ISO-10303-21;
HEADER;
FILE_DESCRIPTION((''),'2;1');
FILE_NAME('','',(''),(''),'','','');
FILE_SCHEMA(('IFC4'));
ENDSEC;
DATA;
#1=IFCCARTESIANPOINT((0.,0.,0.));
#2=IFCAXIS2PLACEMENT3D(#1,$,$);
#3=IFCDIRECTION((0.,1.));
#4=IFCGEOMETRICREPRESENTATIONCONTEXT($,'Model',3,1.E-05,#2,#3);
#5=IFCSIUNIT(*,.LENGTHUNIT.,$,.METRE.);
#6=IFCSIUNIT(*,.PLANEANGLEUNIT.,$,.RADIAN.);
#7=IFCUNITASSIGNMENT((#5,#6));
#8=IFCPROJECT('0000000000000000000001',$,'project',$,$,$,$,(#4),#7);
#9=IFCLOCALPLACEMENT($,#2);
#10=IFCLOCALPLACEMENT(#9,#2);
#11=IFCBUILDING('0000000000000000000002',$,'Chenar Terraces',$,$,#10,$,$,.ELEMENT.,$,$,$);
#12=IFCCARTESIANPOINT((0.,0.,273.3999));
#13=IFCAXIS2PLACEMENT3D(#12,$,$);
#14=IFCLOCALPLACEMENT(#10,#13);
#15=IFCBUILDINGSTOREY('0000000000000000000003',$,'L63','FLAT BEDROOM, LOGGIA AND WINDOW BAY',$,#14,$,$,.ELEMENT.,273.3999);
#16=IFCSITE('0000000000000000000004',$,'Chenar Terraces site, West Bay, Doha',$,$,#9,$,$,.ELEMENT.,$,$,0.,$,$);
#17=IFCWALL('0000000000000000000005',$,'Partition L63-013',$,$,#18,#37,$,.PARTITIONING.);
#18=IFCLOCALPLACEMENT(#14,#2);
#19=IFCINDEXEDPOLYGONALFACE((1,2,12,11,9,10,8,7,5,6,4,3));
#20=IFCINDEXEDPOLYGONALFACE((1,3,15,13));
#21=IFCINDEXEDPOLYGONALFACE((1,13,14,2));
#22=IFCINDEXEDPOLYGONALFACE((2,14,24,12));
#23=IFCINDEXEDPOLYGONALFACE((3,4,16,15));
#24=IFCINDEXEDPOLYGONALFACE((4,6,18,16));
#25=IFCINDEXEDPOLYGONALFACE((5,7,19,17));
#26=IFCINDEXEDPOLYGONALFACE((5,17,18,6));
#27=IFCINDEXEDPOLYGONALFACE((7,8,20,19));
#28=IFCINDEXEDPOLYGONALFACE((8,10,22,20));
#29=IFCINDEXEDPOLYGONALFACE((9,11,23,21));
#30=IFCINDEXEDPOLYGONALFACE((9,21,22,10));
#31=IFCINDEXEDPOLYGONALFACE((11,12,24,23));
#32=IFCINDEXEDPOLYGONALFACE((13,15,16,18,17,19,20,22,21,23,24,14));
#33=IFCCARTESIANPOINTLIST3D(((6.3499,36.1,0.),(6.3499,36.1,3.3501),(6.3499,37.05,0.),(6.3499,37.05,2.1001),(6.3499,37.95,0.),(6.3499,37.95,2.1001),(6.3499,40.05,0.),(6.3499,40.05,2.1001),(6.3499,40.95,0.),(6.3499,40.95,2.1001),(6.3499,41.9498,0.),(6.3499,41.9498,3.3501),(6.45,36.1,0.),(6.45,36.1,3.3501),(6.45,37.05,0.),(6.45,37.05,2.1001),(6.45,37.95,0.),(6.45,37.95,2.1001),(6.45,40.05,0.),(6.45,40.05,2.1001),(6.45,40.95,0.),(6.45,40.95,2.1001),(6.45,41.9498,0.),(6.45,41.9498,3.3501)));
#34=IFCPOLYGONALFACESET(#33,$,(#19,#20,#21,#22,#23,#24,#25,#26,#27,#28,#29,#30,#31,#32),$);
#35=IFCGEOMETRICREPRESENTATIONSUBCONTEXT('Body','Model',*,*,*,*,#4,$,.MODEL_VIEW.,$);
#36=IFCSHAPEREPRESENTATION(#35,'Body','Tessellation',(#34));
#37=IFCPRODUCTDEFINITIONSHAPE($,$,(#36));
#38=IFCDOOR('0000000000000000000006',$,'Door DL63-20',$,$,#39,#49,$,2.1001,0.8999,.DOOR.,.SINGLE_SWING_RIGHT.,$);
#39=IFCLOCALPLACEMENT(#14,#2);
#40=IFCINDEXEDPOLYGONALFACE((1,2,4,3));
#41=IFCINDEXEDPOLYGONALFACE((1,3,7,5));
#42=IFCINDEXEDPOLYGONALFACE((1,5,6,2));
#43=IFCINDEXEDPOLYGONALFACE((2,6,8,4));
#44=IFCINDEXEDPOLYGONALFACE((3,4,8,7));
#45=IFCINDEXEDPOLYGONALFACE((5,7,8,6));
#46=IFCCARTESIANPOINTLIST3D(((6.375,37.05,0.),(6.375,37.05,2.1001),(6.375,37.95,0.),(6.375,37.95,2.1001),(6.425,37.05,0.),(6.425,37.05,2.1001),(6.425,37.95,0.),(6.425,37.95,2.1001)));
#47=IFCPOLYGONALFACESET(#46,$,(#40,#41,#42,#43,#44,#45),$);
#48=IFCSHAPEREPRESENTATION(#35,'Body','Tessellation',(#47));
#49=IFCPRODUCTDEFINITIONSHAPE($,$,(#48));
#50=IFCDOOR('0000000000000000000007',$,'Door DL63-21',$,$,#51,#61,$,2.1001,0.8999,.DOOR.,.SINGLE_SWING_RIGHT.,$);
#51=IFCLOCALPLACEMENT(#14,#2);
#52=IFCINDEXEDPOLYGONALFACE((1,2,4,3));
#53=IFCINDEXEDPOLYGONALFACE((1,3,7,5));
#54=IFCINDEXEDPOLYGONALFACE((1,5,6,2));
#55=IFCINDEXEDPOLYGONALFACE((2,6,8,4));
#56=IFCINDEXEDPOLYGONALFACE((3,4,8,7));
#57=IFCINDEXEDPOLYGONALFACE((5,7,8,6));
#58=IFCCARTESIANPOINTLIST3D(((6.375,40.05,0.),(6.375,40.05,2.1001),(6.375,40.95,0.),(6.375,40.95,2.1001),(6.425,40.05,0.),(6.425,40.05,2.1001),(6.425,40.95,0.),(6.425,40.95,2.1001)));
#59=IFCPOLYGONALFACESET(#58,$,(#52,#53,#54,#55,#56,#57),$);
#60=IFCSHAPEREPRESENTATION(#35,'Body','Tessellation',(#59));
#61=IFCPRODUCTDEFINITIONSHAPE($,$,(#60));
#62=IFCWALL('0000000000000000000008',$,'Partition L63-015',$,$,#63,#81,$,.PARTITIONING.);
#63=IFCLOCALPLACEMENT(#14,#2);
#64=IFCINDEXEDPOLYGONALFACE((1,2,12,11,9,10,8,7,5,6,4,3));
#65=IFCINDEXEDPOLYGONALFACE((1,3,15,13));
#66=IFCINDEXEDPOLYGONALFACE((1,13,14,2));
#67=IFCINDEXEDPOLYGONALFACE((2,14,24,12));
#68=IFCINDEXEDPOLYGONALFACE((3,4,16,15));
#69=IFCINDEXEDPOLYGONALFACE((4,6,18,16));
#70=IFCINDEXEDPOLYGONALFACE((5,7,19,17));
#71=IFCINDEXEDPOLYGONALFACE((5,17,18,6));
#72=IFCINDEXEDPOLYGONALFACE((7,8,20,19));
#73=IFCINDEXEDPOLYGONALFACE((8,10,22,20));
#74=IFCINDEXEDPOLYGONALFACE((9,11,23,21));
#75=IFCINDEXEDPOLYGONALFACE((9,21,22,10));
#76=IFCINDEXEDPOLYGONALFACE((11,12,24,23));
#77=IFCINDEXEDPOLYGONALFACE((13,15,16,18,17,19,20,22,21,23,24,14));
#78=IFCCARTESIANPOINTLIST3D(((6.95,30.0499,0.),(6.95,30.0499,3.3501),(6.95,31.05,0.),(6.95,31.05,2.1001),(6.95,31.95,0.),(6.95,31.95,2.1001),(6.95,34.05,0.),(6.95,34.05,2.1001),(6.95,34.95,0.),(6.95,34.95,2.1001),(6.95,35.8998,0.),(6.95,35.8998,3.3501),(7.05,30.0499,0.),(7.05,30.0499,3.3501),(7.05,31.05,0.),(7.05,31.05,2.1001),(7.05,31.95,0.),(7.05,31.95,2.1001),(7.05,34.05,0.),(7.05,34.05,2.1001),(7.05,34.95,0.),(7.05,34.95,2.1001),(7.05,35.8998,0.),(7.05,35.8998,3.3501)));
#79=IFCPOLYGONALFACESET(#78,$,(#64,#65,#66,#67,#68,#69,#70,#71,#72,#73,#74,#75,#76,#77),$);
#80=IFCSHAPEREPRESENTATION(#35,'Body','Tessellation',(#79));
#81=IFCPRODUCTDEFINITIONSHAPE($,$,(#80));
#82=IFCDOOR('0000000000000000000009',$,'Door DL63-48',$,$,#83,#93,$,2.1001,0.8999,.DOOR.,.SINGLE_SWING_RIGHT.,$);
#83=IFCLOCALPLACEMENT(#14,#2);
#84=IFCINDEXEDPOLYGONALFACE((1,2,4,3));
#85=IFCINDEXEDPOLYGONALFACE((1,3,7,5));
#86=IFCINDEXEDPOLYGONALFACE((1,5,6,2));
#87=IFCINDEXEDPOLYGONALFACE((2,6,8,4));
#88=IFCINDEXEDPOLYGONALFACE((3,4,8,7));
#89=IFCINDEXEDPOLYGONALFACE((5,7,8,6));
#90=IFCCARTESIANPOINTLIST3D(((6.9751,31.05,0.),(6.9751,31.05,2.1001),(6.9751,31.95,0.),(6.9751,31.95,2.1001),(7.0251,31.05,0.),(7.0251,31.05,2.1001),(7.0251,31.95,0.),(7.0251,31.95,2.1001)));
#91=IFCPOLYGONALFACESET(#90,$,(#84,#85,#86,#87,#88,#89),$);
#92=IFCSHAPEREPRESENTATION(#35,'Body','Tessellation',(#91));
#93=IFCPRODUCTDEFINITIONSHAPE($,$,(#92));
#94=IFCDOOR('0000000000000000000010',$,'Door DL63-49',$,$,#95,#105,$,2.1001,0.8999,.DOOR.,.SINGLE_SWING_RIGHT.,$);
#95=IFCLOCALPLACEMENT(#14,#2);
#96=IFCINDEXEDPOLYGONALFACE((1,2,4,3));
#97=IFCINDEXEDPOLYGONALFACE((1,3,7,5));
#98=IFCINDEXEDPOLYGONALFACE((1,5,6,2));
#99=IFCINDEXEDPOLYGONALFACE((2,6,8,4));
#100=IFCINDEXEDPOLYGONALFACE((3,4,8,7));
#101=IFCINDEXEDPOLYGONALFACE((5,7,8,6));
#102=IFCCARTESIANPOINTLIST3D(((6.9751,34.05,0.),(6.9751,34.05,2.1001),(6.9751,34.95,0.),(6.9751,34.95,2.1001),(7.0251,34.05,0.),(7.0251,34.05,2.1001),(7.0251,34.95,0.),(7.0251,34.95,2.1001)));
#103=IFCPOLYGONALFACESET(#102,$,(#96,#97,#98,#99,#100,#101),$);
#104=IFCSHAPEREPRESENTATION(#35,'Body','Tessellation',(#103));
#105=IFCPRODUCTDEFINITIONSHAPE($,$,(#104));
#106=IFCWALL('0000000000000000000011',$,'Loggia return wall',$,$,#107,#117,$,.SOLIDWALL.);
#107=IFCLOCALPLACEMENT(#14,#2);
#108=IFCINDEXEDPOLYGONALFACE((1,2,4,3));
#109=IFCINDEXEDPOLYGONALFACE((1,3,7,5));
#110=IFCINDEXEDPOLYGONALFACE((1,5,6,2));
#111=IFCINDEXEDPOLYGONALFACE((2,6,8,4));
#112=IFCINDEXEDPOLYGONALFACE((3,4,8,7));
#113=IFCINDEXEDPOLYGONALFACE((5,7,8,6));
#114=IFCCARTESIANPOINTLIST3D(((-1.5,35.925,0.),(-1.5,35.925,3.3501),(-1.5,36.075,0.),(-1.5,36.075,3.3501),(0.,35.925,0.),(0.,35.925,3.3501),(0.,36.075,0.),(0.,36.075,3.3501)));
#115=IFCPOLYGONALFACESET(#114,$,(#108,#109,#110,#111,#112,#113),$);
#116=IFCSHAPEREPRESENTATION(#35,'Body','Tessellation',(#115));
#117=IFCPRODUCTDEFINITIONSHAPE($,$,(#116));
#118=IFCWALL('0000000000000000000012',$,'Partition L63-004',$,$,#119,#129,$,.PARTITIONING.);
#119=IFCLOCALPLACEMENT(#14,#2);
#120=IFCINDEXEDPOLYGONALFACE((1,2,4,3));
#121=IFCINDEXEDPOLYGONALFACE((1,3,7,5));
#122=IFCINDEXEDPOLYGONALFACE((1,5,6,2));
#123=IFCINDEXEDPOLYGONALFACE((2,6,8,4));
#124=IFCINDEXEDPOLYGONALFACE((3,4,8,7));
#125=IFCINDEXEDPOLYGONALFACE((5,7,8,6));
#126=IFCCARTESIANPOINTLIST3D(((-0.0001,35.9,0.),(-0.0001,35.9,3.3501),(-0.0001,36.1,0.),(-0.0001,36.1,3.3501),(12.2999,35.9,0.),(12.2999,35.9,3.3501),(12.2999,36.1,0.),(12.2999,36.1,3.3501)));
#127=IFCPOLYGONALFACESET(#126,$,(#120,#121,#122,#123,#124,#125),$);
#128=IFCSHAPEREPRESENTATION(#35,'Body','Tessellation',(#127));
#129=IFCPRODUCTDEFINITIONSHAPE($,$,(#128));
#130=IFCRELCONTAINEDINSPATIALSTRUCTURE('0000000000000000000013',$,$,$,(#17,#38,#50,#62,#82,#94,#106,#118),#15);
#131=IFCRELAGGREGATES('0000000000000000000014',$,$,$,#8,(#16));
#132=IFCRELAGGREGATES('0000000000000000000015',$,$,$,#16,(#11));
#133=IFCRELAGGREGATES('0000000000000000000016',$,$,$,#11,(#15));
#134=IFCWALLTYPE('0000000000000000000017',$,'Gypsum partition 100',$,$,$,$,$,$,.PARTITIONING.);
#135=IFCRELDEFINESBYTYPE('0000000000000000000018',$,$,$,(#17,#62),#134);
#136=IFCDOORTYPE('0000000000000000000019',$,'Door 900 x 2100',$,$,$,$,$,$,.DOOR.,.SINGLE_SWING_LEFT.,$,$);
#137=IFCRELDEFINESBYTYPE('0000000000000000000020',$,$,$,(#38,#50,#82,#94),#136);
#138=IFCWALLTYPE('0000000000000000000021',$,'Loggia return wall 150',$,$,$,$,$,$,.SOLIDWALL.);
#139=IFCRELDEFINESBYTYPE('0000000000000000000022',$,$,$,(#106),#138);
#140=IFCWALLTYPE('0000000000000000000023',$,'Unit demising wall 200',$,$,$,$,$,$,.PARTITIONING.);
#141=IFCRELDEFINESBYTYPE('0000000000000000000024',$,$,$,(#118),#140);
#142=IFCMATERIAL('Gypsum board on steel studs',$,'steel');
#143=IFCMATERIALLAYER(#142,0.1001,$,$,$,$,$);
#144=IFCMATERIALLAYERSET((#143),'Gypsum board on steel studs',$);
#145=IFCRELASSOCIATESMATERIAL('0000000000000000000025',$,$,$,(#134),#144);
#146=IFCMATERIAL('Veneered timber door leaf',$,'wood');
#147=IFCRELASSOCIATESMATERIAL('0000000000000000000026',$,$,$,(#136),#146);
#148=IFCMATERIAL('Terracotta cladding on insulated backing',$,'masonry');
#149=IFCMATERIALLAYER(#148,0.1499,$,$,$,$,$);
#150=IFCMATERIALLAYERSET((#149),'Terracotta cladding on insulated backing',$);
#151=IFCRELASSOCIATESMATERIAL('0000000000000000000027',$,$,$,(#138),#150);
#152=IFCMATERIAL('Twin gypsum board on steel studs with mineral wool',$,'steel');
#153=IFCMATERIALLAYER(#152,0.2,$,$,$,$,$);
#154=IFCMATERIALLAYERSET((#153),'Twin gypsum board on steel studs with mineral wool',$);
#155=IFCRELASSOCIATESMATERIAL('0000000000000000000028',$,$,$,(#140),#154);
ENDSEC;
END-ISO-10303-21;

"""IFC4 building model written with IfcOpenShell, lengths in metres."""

from ifc_helpers import new_model, si_unit, direction, frame, frame_2d, origin, place, context, subcontext, project, spatial, rectangle, extrude, material, layer, layer_set, type_object, element, fill, save


model = new_model("IFC4")

# Units and contexts
model_context = context("Model", 3, precision=1e-05, world=origin(), true_north=direction((0.0, 1.0)))
body_context = subcontext(model_context, "Body", "Model", "MODEL_VIEW")
ifc_project = project(units=[si_unit("LENGTHUNIT", "METRE"), si_unit("PLANEANGLEUNIT", "RADIAN")], contexts=[model_context])

# Site, building, storey
site_placement = place(None, origin())
site = spatial("IfcSite", under=ifc_project, at=site_placement, Name="Chenar Terraces site, West Bay, Doha", CompositionType="ELEMENT", RefElevation=0.0)
building_placement = place(site_placement, origin())
building = spatial("IfcBuilding", under=site, at=building_placement, Name="Chenar Terraces", CompositionType="ELEMENT")
storey_placement = place(building_placement, frame((0.0, 0.0, 273.3999)))
storey = spatial("IfcBuildingStorey", under=building, at=storey_placement, Name="L63", Description="FLAT BEDROOM, LOGGIA AND WINDOW BAY", CompositionType="ELEMENT", Elevation=273.3999)

# Shared definitions
placement = place(storey_placement, frame((0.0, 36.0, 0.0), z_axis=(0.0, 0.0, 1.0), x_axis=(1.0, 0.0, 0.0)))

# Shared definitions
ifc_material_1 = material(Name="Gypsum board on steel studs", Category="steel")
ifc_layer_1 = layer(ifc_material_1, 0.1001)
ifc_layer_set_1 = layer_set([ifc_layer_1], Name="Gypsum board on steel studs")
wall_type_1 = type_object("IfcWallType", Name="Gypsum partition 100", PredefinedType="PARTITIONING", material=ifc_layer_set_1)

# Walls, openings, doors
wall_1_placement = place(storey_placement, frame((6.3999, 36.1001, 0.0), z_axis=(0.0, 0.0, 1.0), x_axis=(0.0, 1.0, 0.0)))
wall_1 = element("IfcWall", 1, at=wall_1_placement, inside=storey, type_object=wall_type_1, Name="Partition L63-013", PredefinedType="PARTITIONING", context=body_context, shape_type="SweptSolid", body=[
    extrude(rectangle(XDim=5.8499, YDim=0.1001, at=frame_2d((2.9248, 0.0))), origin(), (0.0, 0.0, 1.0), 3.3501),
])
opening_1_placement = place(wall_1_placement, frame((0.95, 0.0, 0.0)))
opening_1 = element("IfcOpeningElement", 2, at=opening_1_placement, cuts=wall_1, PredefinedType="OPENING", context=body_context, shape_type="SweptSolid", body=[
    extrude(rectangle(XDim=0.8999, YDim=2.1001, at=frame_2d((0.45, 1.05))), frame((0.0, 0.0601, 0.0), z_axis=(0.0, -1.0, 0.0), x_axis=(1.0, 0.0, 0.0)), (0.0, 0.0, 1.0), 0.1201),
])
opening_2_placement = place(wall_1_placement, frame((3.95, 0.0, 0.0)))
opening_2 = element("IfcOpeningElement", 3, at=opening_2_placement, cuts=wall_1, PredefinedType="OPENING", context=body_context, shape_type="SweptSolid", body=[
    extrude(rectangle(XDim=0.8999, YDim=2.1001, at=frame_2d((0.45, 1.05))), frame((0.0, 0.0601, 0.0), z_axis=(0.0, -1.0, 0.0), x_axis=(1.0, 0.0, 0.0)), (0.0, 0.0, 1.0), 0.1201),
])
ifc_material_2 = material(Name="Veneered timber door leaf", Category="wood")
door_type_1 = type_object("IfcDoorType", Name="Door 900 x 2100", OperationType="SINGLE_SWING_LEFT", PredefinedType="DOOR", material=ifc_material_2)
door_1_placement = place(opening_1_placement, origin())
door_1 = element("IfcDoor", 4, at=door_1_placement, inside=storey, type_object=door_type_1, Name="Door DL63-20", OperationType="SINGLE_SWING_RIGHT", OverallHeight=2.1001, OverallWidth=0.8999, PredefinedType="DOOR", context=body_context, shape_type="SweptSolid", body=[
    extrude(rectangle(XDim=0.8999, YDim=2.1001, at=frame_2d((0.45, 1.05))), frame((0.0, 0.0249, 0.0), z_axis=(0.0, -1.0, 0.0), x_axis=(1.0, 0.0, 0.0)), (0.0, 0.0, 1.0), 0.05),
])
fill(opening_1, door_1)
door_2_placement = place(opening_2_placement, origin())
door_2 = element("IfcDoor", 5, at=door_2_placement, inside=storey, type_object=door_type_1, Name="Door DL63-21", OperationType="SINGLE_SWING_RIGHT", OverallHeight=2.1001, OverallWidth=0.8999, PredefinedType="DOOR", context=body_context, shape_type="SweptSolid", body=[
    extrude(rectangle(XDim=0.8999, YDim=2.1001, at=frame_2d((0.45, 1.05))), frame((0.0, 0.0249, 0.0), z_axis=(0.0, -1.0, 0.0), x_axis=(1.0, 0.0, 0.0)), (0.0, 0.0, 1.0), 0.05),
])
fill(opening_2, door_2)
wall_2_placement = place(storey_placement, frame((7.0, 30.05, 0.0), z_axis=(0.0, 0.0, 1.0), x_axis=(0.0, 1.0, 0.0)))
wall_2 = element("IfcWall", 6, at=wall_2_placement, inside=storey, type_object=wall_type_1, Name="Partition L63-015", PredefinedType="PARTITIONING", context=body_context, shape_type="SweptSolid", body=[
    extrude(rectangle(XDim=5.8499, YDim=0.1001, at=frame_2d((2.9248, 0.0))), origin(), (0.0, 0.0, 1.0), 3.3501),
])
opening_3_placement = place(wall_2_placement, frame((1.0, 0.0, 0.0)))
opening_3 = element("IfcOpeningElement", 7, at=opening_3_placement, cuts=wall_2, PredefinedType="OPENING", context=body_context, shape_type="SweptSolid", body=[
    extrude(rectangle(XDim=0.8999, YDim=2.1001, at=frame_2d((0.45, 1.05))), frame((0.0, 0.0601, 0.0), z_axis=(0.0, -1.0, 0.0), x_axis=(1.0, 0.0, 0.0)), (0.0, 0.0, 1.0), 0.1201),
])
opening_4_placement = place(wall_2_placement, frame((4.0, 0.0, 0.0)))
opening_4 = element("IfcOpeningElement", 8, at=opening_4_placement, cuts=wall_2, PredefinedType="OPENING", context=body_context, shape_type="SweptSolid", body=[
    extrude(rectangle(XDim=0.8999, YDim=2.1001, at=frame_2d((0.45, 1.05))), frame((0.0, 0.0601, 0.0), z_axis=(0.0, -1.0, 0.0), x_axis=(1.0, 0.0, 0.0)), (0.0, 0.0, 1.0), 0.1201),
])
door_3_placement = place(opening_3_placement, origin())
door_3 = element("IfcDoor", 9, at=door_3_placement, inside=storey, type_object=door_type_1, Name="Door DL63-48", OperationType="SINGLE_SWING_RIGHT", OverallHeight=2.1001, OverallWidth=0.8999, PredefinedType="DOOR", context=body_context, shape_type="SweptSolid", body=[
    extrude(rectangle(XDim=0.8999, YDim=2.1001, at=frame_2d((0.45, 1.05))), frame((0.0, 0.0249, 0.0), z_axis=(0.0, -1.0, 0.0), x_axis=(1.0, 0.0, 0.0)), (0.0, 0.0, 1.0), 0.05),
])
fill(opening_3, door_3)
door_4_placement = place(opening_4_placement, origin())
door_4 = element("IfcDoor", 10, at=door_4_placement, inside=storey, type_object=door_type_1, Name="Door DL63-49", OperationType="SINGLE_SWING_RIGHT", OverallHeight=2.1001, OverallWidth=0.8999, PredefinedType="DOOR", context=body_context, shape_type="SweptSolid", body=[
    extrude(rectangle(XDim=0.8999, YDim=2.1001, at=frame_2d((0.45, 1.05))), frame((0.0, 0.0249, 0.0), z_axis=(0.0, -1.0, 0.0), x_axis=(1.0, 0.0, 0.0)), (0.0, 0.0, 1.0), 0.05),
])
fill(opening_4, door_4)

# Walls
ifc_material_3 = material(Name="Terracotta cladding on insulated backing", Category="masonry")
ifc_layer_2 = layer(ifc_material_3, 0.1499)
ifc_layer_set_2 = layer_set([ifc_layer_2], Name="Terracotta cladding on insulated backing")
wall_type_2 = type_object("IfcWallType", Name="Loggia return wall 150", PredefinedType="SOLIDWALL", material=ifc_layer_set_2)
wall_3_placement = place(storey_placement, frame((-1.5, 36.0, 0.0), z_axis=(0.0, 0.0, 1.0), x_axis=(1.0, 0.0, 0.0)))
element("IfcWall", 11, at=wall_3_placement, inside=storey, type_object=wall_type_2, Name="Loggia return wall", PredefinedType="SOLIDWALL", context=body_context, shape_type="SweptSolid", body=[
    extrude(rectangle(XDim=1.5, YDim=0.1499, at=frame_2d((0.75, 0.0))), origin(), (0.0, 0.0, 1.0), 3.3501),
])
ifc_material_4 = material(Name="Twin gypsum board on steel studs with mineral wool", Category="steel")
ifc_layer_3 = layer(ifc_material_4, 0.2)
ifc_layer_set_3 = layer_set([ifc_layer_3], Name="Twin gypsum board on steel studs with mineral wool")
wall_type_3 = type_object("IfcWallType", Name="Unit demising wall 200", PredefinedType="PARTITIONING", material=ifc_layer_set_3)
element("IfcWall", 12, at=placement, inside=storey, type_object=wall_type_3, Name="Partition L63-004", PredefinedType="PARTITIONING", context=body_context, shape_type="SweptSolid", body=[
    extrude(rectangle(XDim=12.3, YDim=0.2, at=frame_2d((6.1499, 0.0))), origin(), (0.0, 0.0, 1.0), 3.3501),
])

save(model, "model.ifc")
